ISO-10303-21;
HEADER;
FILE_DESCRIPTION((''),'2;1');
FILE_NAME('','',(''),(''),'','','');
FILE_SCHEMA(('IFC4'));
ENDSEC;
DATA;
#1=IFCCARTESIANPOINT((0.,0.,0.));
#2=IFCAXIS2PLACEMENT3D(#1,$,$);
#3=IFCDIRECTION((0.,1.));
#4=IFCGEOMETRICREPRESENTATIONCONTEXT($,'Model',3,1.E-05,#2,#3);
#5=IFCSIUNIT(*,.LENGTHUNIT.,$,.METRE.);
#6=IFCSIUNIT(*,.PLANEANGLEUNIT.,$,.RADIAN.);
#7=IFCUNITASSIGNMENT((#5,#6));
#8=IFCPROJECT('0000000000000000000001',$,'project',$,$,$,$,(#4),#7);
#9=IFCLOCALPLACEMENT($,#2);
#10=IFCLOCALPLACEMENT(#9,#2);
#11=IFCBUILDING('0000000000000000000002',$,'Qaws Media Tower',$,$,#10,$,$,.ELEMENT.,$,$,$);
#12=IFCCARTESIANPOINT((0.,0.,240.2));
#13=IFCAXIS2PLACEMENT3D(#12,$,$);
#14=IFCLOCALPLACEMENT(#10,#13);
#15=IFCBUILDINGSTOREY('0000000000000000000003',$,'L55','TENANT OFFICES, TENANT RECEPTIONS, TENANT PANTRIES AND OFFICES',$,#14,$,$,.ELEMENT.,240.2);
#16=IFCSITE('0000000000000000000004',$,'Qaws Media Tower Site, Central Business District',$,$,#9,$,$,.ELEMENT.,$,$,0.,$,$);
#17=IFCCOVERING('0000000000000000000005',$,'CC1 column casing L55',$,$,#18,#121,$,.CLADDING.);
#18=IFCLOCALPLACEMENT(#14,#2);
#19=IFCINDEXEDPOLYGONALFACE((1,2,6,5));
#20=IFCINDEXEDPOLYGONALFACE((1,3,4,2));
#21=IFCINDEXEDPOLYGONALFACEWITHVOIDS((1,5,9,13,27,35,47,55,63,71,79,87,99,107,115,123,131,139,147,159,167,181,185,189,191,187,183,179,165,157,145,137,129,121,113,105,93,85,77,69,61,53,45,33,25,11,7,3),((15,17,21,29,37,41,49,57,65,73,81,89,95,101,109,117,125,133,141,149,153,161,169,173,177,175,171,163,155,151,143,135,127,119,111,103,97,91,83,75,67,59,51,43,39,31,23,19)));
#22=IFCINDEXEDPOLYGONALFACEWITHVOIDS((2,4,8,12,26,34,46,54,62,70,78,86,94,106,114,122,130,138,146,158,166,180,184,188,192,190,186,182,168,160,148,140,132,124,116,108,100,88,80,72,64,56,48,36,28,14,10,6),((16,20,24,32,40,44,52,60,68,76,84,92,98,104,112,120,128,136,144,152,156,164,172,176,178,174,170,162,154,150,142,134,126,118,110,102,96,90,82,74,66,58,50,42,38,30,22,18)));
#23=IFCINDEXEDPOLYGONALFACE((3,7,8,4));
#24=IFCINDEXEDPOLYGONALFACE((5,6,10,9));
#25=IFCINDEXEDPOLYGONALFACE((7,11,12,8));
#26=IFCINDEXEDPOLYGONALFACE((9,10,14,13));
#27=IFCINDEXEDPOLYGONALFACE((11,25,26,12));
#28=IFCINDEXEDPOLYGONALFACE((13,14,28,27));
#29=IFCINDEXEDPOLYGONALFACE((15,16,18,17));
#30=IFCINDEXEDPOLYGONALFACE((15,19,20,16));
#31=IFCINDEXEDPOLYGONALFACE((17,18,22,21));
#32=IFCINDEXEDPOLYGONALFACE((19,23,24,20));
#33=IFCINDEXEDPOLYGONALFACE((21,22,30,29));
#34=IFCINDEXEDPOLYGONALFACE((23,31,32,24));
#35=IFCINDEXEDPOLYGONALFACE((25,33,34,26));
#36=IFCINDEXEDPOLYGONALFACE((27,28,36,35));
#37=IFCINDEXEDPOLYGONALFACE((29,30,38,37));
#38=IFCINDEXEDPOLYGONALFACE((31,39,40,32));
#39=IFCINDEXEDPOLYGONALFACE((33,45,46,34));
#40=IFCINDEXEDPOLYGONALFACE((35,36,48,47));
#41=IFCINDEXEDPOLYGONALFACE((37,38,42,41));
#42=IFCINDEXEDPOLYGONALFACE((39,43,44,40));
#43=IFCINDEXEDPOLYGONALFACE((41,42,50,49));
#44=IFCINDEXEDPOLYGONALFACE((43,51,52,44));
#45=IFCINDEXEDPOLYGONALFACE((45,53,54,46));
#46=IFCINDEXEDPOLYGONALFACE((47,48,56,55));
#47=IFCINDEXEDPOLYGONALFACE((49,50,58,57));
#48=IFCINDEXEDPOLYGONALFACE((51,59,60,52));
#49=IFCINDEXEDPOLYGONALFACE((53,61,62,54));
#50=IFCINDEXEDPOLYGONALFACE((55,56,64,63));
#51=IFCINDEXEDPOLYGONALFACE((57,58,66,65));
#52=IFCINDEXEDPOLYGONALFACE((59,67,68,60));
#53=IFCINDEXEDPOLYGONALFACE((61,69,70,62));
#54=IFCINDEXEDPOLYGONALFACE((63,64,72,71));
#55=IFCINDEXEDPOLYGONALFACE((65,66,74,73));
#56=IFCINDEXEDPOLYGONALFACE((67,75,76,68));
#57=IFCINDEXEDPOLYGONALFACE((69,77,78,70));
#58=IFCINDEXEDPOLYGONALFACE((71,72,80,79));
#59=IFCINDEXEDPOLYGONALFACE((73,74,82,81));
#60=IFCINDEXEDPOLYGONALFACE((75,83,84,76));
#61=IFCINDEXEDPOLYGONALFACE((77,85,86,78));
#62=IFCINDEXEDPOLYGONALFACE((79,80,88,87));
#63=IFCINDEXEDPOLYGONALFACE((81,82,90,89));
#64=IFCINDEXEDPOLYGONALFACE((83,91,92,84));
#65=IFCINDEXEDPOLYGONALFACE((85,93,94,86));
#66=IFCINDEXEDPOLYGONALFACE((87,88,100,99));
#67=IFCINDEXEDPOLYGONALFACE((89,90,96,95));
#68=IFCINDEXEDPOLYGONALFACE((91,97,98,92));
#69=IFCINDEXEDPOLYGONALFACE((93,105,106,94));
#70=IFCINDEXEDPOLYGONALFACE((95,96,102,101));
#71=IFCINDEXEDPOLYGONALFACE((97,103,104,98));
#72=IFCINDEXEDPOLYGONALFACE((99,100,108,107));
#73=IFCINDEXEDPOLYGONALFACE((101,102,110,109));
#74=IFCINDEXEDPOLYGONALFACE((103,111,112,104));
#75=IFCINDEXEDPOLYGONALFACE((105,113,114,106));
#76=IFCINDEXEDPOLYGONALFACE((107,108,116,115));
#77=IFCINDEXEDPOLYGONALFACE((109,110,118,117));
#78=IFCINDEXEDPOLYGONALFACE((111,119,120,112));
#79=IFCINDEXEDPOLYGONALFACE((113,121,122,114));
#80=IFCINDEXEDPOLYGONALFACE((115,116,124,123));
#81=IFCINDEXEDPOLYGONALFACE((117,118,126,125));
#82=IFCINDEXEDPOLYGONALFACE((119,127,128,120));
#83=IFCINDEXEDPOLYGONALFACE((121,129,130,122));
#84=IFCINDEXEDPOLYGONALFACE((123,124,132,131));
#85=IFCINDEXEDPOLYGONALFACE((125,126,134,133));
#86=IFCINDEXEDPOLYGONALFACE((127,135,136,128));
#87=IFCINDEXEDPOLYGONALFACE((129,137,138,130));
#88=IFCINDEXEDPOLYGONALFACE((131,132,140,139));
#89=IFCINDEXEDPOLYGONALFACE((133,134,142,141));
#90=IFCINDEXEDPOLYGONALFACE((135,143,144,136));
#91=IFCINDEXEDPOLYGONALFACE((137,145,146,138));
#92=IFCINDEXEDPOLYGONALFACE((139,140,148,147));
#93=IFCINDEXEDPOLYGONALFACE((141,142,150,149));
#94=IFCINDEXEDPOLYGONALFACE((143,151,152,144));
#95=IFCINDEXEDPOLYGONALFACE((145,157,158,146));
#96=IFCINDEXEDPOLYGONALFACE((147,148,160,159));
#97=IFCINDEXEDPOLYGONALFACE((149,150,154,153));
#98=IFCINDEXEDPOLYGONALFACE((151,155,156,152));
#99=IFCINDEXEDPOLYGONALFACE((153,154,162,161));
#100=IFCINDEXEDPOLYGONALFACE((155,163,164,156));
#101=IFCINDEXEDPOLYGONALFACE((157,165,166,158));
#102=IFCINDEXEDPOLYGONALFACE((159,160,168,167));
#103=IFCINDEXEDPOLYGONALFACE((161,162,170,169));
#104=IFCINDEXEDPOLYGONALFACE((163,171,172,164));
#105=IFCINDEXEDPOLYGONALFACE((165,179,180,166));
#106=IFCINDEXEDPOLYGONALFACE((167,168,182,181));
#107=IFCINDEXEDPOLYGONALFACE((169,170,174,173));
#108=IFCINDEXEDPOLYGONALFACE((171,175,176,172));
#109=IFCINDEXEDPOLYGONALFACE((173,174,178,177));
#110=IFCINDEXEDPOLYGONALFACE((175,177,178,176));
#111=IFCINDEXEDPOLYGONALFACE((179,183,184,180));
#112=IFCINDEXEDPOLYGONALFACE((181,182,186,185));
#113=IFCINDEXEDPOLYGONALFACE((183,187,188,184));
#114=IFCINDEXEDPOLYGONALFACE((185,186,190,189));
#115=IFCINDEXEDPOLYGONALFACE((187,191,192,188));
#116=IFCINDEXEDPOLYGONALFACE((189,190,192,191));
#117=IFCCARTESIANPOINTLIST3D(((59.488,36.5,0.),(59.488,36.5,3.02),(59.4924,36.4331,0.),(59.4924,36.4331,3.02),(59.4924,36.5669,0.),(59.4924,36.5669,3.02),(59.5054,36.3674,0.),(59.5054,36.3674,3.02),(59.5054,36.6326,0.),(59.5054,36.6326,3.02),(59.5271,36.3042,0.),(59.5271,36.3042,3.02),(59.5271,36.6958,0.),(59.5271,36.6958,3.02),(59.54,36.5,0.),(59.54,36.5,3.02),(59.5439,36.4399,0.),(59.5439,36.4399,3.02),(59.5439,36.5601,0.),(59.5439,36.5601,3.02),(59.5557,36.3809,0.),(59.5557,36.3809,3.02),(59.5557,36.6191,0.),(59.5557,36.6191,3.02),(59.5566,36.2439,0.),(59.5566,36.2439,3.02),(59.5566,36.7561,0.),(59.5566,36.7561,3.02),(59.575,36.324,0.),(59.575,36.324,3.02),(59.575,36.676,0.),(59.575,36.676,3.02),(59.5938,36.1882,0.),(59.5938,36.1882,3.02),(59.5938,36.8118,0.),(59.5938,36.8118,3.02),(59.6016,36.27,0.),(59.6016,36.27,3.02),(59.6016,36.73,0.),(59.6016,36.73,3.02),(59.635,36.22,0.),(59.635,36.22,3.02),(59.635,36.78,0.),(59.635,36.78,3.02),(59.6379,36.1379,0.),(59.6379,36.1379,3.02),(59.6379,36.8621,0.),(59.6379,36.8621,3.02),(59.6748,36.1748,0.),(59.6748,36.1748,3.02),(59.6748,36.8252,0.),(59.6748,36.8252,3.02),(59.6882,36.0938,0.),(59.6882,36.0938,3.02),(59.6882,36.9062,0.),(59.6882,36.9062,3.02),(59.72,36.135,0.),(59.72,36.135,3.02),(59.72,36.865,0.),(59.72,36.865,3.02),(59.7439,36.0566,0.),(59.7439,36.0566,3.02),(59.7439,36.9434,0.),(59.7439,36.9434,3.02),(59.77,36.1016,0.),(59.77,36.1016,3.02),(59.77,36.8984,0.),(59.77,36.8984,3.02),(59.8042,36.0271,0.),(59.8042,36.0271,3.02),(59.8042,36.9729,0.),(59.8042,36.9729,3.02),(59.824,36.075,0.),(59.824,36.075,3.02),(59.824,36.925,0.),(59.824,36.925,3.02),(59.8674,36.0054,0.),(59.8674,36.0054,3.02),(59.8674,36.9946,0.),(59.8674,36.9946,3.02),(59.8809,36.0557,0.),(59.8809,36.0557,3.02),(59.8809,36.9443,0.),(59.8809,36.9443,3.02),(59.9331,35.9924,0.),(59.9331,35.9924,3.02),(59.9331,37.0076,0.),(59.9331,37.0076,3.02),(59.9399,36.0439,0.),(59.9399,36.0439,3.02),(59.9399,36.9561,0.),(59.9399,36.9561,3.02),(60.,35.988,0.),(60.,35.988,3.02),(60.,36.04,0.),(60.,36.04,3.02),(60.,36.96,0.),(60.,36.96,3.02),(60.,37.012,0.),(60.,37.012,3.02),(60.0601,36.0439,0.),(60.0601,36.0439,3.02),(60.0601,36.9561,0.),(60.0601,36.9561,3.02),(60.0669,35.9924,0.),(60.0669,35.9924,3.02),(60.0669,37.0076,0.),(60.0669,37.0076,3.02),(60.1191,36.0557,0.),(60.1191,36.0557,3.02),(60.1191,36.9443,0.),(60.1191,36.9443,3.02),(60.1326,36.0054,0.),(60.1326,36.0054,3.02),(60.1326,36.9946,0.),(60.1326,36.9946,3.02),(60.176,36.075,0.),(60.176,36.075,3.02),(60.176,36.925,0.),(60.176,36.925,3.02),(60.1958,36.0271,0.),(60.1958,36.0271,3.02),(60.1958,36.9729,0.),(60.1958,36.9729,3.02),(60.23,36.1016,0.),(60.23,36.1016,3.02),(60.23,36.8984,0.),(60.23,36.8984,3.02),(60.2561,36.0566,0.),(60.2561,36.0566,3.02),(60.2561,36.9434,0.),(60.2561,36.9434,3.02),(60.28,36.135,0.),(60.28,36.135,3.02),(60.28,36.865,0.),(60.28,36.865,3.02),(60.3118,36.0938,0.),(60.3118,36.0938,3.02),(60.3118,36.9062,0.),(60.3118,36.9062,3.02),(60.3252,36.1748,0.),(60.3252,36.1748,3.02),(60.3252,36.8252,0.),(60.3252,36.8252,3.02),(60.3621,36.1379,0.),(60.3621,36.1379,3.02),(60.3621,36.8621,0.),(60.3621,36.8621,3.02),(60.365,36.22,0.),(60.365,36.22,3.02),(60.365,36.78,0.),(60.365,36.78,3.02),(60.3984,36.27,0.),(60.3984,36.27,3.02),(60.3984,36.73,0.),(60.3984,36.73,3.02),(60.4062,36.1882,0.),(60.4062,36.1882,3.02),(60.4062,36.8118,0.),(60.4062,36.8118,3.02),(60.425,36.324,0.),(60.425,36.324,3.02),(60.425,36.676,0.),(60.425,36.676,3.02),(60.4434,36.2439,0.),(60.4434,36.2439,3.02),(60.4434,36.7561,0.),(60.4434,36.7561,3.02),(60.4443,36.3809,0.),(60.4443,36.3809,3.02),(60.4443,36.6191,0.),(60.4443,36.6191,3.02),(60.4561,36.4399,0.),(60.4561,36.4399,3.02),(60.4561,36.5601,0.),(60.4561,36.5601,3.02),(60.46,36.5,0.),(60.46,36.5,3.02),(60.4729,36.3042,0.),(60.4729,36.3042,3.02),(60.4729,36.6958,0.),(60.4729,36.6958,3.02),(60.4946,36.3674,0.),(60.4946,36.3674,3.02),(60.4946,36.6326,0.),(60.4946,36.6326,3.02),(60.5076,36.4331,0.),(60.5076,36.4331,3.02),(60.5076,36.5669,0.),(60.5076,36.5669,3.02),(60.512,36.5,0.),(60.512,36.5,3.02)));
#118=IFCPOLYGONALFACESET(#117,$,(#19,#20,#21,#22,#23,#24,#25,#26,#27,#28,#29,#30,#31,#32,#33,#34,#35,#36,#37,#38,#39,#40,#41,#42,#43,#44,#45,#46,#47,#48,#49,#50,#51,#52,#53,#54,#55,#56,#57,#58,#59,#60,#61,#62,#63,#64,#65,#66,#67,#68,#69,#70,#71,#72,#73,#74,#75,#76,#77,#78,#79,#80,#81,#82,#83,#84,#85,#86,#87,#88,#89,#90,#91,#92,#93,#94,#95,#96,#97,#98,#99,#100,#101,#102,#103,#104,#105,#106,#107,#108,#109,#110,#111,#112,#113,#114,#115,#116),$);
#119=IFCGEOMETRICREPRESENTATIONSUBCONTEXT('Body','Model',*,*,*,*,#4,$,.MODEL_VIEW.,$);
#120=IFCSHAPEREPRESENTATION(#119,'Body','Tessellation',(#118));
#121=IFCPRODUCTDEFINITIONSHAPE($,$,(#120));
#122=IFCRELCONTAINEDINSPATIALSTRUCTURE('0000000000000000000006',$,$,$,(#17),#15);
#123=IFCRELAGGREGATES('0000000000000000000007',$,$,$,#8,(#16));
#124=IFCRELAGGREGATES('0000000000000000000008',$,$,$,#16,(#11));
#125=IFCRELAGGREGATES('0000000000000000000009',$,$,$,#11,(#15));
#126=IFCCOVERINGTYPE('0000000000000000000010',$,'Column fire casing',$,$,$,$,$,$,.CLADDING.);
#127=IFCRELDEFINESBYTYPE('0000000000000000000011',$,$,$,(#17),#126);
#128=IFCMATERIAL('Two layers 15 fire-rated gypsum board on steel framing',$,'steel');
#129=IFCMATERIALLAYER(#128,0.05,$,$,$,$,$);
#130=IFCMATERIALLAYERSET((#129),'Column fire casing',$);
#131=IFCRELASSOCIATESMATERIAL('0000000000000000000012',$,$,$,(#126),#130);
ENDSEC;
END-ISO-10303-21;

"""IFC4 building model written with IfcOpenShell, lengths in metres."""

from ifc_helpers import new_model, si_unit, direction, frame, origin, place, context, subcontext, project, spatial, polyline, outline, extrude, material, layer, layer_set, type_object, element, save


model = new_model("IFC4")

# Units and contexts
model_context = context("Model", 3, precision=1e-05, world=origin(), true_north=direction((0.0, 1.0)))
body_context = subcontext(model_context, "Body", "Model", "MODEL_VIEW")
ifc_project = project(units=[si_unit("LENGTHUNIT", "METRE"), si_unit("PLANEANGLEUNIT", "RADIAN")], contexts=[model_context])

# Site, building, storey
site_placement = place(None, origin())
site = spatial("IfcSite", under=ifc_project, at=site_placement, Name="Qaws Media Tower Site, Central Business District", CompositionType="ELEMENT", RefElevation=0.0)
building_placement = place(site_placement, origin())
building = spatial("IfcBuilding", under=site, at=building_placement, Name="Qaws Media Tower", CompositionType="ELEMENT")
storey_placement = place(building_placement, frame((0.0, 0.0, 240.2)))
storey = spatial("IfcBuildingStorey", under=building, at=storey_placement, Name="L55", Description="TENANT OFFICES, TENANT RECEPTIONS, TENANT PANTRIES AND OFFICES", CompositionType="ELEMENT", Elevation=240.2)

# Covering
ifc_material_1 = material(Name="Two layers 15 fire-rated gypsum board on steel framing", Category="steel")
ifc_layer_1 = layer(ifc_material_1, 0.05)
ifc_layer_set_1 = layer_set([ifc_layer_1], Name="Column fire casing")
covering_type = type_object("IfcCoveringType", Name="Column fire casing", PredefinedType="CLADDING", material=ifc_layer_set_1)
covering_1_placement = place(storey_placement, origin())
element("IfcCovering", 1, at=covering_1_placement, inside=storey, type_object=covering_type, Name="CC1 column casing L55", PredefinedType="CLADDING", context=body_context, shape_type="SweptSolid", body=[
    extrude(outline(polyline([(60.512, 36.5), (60.5076, 36.4331), (60.4946, 36.3674), (60.4729, 36.3042), (60.4434, 36.2439), (60.4062, 36.1882), (60.3621, 36.1379), (60.3118, 36.0938), (60.2561, 36.0566), (60.1958, 36.0271), (60.1326, 36.0054), (60.0669, 35.9924), (60.0, 35.988), (59.9331, 35.9924), (59.8674, 36.0054), (59.8042, 36.0271), (59.7439, 36.0566), (59.6882, 36.0938), (59.6379, 36.1379), (59.5938, 36.1882), (59.5566, 36.2439), (59.5271, 36.3042), (59.5054, 36.3674), (59.4924, 36.4331), (59.488, 36.5), (59.4924, 36.5669), (59.5054, 36.6326), (59.5271, 36.6958), (59.5566, 36.7561), (59.5938, 36.8118), (59.6379, 36.8621), (59.6882, 36.9062), (59.7439, 36.9434), (59.8042, 36.9729), (59.8674, 36.9946), (59.9331, 37.0076), (60.0, 37.012), (60.0669, 37.0076), (60.1326, 36.9946), (60.1958, 36.9729), (60.2561, 36.9434), (60.3118, 36.9062), (60.3621, 36.8621), (60.4062, 36.8118), (60.4434, 36.7561), (60.4729, 36.6958), (60.4946, 36.6326), (60.5076, 36.5669), (60.512, 36.5)]), holes=[polyline([(60.46, 36.5), (60.4561, 36.4399), (60.4443, 36.3809), (60.425, 36.324), (60.3984, 36.27), (60.365, 36.22), (60.3252, 36.1748), (60.28, 36.135), (60.23, 36.1016), (60.176, 36.075), (60.1191, 36.0557), (60.0601, 36.0439), (60.0, 36.04), (59.9399, 36.0439), (59.8809, 36.0557), (59.824, 36.075), (59.77, 36.1016), (59.72, 36.135), (59.6748, 36.1748), (59.635, 36.22), (59.6016, 36.27), (59.575, 36.324), (59.5557, 36.3809), (59.5439, 36.4399), (59.54, 36.5), (59.5439, 36.5601), (59.5557, 36.6191), (59.575, 36.676), (59.6016, 36.73), (59.635, 36.78), (59.6748, 36.8252), (59.72, 36.865), (59.77, 36.8984), (59.824, 36.925), (59.8809, 36.9443), (59.9399, 36.9561), (60.0, 36.96), (60.0601, 36.9561), (60.1191, 36.9443), (60.176, 36.925), (60.23, 36.8984), (60.28, 36.865), (60.3252, 36.8252), (60.365, 36.78), (60.3984, 36.73), (60.425, 36.676), (60.4443, 36.6191), (60.4561, 36.5601), (60.46, 36.5)])]), origin(), (0.0, 0.0, 1.0), 3.02),
])

save(model, "model.ifc")
